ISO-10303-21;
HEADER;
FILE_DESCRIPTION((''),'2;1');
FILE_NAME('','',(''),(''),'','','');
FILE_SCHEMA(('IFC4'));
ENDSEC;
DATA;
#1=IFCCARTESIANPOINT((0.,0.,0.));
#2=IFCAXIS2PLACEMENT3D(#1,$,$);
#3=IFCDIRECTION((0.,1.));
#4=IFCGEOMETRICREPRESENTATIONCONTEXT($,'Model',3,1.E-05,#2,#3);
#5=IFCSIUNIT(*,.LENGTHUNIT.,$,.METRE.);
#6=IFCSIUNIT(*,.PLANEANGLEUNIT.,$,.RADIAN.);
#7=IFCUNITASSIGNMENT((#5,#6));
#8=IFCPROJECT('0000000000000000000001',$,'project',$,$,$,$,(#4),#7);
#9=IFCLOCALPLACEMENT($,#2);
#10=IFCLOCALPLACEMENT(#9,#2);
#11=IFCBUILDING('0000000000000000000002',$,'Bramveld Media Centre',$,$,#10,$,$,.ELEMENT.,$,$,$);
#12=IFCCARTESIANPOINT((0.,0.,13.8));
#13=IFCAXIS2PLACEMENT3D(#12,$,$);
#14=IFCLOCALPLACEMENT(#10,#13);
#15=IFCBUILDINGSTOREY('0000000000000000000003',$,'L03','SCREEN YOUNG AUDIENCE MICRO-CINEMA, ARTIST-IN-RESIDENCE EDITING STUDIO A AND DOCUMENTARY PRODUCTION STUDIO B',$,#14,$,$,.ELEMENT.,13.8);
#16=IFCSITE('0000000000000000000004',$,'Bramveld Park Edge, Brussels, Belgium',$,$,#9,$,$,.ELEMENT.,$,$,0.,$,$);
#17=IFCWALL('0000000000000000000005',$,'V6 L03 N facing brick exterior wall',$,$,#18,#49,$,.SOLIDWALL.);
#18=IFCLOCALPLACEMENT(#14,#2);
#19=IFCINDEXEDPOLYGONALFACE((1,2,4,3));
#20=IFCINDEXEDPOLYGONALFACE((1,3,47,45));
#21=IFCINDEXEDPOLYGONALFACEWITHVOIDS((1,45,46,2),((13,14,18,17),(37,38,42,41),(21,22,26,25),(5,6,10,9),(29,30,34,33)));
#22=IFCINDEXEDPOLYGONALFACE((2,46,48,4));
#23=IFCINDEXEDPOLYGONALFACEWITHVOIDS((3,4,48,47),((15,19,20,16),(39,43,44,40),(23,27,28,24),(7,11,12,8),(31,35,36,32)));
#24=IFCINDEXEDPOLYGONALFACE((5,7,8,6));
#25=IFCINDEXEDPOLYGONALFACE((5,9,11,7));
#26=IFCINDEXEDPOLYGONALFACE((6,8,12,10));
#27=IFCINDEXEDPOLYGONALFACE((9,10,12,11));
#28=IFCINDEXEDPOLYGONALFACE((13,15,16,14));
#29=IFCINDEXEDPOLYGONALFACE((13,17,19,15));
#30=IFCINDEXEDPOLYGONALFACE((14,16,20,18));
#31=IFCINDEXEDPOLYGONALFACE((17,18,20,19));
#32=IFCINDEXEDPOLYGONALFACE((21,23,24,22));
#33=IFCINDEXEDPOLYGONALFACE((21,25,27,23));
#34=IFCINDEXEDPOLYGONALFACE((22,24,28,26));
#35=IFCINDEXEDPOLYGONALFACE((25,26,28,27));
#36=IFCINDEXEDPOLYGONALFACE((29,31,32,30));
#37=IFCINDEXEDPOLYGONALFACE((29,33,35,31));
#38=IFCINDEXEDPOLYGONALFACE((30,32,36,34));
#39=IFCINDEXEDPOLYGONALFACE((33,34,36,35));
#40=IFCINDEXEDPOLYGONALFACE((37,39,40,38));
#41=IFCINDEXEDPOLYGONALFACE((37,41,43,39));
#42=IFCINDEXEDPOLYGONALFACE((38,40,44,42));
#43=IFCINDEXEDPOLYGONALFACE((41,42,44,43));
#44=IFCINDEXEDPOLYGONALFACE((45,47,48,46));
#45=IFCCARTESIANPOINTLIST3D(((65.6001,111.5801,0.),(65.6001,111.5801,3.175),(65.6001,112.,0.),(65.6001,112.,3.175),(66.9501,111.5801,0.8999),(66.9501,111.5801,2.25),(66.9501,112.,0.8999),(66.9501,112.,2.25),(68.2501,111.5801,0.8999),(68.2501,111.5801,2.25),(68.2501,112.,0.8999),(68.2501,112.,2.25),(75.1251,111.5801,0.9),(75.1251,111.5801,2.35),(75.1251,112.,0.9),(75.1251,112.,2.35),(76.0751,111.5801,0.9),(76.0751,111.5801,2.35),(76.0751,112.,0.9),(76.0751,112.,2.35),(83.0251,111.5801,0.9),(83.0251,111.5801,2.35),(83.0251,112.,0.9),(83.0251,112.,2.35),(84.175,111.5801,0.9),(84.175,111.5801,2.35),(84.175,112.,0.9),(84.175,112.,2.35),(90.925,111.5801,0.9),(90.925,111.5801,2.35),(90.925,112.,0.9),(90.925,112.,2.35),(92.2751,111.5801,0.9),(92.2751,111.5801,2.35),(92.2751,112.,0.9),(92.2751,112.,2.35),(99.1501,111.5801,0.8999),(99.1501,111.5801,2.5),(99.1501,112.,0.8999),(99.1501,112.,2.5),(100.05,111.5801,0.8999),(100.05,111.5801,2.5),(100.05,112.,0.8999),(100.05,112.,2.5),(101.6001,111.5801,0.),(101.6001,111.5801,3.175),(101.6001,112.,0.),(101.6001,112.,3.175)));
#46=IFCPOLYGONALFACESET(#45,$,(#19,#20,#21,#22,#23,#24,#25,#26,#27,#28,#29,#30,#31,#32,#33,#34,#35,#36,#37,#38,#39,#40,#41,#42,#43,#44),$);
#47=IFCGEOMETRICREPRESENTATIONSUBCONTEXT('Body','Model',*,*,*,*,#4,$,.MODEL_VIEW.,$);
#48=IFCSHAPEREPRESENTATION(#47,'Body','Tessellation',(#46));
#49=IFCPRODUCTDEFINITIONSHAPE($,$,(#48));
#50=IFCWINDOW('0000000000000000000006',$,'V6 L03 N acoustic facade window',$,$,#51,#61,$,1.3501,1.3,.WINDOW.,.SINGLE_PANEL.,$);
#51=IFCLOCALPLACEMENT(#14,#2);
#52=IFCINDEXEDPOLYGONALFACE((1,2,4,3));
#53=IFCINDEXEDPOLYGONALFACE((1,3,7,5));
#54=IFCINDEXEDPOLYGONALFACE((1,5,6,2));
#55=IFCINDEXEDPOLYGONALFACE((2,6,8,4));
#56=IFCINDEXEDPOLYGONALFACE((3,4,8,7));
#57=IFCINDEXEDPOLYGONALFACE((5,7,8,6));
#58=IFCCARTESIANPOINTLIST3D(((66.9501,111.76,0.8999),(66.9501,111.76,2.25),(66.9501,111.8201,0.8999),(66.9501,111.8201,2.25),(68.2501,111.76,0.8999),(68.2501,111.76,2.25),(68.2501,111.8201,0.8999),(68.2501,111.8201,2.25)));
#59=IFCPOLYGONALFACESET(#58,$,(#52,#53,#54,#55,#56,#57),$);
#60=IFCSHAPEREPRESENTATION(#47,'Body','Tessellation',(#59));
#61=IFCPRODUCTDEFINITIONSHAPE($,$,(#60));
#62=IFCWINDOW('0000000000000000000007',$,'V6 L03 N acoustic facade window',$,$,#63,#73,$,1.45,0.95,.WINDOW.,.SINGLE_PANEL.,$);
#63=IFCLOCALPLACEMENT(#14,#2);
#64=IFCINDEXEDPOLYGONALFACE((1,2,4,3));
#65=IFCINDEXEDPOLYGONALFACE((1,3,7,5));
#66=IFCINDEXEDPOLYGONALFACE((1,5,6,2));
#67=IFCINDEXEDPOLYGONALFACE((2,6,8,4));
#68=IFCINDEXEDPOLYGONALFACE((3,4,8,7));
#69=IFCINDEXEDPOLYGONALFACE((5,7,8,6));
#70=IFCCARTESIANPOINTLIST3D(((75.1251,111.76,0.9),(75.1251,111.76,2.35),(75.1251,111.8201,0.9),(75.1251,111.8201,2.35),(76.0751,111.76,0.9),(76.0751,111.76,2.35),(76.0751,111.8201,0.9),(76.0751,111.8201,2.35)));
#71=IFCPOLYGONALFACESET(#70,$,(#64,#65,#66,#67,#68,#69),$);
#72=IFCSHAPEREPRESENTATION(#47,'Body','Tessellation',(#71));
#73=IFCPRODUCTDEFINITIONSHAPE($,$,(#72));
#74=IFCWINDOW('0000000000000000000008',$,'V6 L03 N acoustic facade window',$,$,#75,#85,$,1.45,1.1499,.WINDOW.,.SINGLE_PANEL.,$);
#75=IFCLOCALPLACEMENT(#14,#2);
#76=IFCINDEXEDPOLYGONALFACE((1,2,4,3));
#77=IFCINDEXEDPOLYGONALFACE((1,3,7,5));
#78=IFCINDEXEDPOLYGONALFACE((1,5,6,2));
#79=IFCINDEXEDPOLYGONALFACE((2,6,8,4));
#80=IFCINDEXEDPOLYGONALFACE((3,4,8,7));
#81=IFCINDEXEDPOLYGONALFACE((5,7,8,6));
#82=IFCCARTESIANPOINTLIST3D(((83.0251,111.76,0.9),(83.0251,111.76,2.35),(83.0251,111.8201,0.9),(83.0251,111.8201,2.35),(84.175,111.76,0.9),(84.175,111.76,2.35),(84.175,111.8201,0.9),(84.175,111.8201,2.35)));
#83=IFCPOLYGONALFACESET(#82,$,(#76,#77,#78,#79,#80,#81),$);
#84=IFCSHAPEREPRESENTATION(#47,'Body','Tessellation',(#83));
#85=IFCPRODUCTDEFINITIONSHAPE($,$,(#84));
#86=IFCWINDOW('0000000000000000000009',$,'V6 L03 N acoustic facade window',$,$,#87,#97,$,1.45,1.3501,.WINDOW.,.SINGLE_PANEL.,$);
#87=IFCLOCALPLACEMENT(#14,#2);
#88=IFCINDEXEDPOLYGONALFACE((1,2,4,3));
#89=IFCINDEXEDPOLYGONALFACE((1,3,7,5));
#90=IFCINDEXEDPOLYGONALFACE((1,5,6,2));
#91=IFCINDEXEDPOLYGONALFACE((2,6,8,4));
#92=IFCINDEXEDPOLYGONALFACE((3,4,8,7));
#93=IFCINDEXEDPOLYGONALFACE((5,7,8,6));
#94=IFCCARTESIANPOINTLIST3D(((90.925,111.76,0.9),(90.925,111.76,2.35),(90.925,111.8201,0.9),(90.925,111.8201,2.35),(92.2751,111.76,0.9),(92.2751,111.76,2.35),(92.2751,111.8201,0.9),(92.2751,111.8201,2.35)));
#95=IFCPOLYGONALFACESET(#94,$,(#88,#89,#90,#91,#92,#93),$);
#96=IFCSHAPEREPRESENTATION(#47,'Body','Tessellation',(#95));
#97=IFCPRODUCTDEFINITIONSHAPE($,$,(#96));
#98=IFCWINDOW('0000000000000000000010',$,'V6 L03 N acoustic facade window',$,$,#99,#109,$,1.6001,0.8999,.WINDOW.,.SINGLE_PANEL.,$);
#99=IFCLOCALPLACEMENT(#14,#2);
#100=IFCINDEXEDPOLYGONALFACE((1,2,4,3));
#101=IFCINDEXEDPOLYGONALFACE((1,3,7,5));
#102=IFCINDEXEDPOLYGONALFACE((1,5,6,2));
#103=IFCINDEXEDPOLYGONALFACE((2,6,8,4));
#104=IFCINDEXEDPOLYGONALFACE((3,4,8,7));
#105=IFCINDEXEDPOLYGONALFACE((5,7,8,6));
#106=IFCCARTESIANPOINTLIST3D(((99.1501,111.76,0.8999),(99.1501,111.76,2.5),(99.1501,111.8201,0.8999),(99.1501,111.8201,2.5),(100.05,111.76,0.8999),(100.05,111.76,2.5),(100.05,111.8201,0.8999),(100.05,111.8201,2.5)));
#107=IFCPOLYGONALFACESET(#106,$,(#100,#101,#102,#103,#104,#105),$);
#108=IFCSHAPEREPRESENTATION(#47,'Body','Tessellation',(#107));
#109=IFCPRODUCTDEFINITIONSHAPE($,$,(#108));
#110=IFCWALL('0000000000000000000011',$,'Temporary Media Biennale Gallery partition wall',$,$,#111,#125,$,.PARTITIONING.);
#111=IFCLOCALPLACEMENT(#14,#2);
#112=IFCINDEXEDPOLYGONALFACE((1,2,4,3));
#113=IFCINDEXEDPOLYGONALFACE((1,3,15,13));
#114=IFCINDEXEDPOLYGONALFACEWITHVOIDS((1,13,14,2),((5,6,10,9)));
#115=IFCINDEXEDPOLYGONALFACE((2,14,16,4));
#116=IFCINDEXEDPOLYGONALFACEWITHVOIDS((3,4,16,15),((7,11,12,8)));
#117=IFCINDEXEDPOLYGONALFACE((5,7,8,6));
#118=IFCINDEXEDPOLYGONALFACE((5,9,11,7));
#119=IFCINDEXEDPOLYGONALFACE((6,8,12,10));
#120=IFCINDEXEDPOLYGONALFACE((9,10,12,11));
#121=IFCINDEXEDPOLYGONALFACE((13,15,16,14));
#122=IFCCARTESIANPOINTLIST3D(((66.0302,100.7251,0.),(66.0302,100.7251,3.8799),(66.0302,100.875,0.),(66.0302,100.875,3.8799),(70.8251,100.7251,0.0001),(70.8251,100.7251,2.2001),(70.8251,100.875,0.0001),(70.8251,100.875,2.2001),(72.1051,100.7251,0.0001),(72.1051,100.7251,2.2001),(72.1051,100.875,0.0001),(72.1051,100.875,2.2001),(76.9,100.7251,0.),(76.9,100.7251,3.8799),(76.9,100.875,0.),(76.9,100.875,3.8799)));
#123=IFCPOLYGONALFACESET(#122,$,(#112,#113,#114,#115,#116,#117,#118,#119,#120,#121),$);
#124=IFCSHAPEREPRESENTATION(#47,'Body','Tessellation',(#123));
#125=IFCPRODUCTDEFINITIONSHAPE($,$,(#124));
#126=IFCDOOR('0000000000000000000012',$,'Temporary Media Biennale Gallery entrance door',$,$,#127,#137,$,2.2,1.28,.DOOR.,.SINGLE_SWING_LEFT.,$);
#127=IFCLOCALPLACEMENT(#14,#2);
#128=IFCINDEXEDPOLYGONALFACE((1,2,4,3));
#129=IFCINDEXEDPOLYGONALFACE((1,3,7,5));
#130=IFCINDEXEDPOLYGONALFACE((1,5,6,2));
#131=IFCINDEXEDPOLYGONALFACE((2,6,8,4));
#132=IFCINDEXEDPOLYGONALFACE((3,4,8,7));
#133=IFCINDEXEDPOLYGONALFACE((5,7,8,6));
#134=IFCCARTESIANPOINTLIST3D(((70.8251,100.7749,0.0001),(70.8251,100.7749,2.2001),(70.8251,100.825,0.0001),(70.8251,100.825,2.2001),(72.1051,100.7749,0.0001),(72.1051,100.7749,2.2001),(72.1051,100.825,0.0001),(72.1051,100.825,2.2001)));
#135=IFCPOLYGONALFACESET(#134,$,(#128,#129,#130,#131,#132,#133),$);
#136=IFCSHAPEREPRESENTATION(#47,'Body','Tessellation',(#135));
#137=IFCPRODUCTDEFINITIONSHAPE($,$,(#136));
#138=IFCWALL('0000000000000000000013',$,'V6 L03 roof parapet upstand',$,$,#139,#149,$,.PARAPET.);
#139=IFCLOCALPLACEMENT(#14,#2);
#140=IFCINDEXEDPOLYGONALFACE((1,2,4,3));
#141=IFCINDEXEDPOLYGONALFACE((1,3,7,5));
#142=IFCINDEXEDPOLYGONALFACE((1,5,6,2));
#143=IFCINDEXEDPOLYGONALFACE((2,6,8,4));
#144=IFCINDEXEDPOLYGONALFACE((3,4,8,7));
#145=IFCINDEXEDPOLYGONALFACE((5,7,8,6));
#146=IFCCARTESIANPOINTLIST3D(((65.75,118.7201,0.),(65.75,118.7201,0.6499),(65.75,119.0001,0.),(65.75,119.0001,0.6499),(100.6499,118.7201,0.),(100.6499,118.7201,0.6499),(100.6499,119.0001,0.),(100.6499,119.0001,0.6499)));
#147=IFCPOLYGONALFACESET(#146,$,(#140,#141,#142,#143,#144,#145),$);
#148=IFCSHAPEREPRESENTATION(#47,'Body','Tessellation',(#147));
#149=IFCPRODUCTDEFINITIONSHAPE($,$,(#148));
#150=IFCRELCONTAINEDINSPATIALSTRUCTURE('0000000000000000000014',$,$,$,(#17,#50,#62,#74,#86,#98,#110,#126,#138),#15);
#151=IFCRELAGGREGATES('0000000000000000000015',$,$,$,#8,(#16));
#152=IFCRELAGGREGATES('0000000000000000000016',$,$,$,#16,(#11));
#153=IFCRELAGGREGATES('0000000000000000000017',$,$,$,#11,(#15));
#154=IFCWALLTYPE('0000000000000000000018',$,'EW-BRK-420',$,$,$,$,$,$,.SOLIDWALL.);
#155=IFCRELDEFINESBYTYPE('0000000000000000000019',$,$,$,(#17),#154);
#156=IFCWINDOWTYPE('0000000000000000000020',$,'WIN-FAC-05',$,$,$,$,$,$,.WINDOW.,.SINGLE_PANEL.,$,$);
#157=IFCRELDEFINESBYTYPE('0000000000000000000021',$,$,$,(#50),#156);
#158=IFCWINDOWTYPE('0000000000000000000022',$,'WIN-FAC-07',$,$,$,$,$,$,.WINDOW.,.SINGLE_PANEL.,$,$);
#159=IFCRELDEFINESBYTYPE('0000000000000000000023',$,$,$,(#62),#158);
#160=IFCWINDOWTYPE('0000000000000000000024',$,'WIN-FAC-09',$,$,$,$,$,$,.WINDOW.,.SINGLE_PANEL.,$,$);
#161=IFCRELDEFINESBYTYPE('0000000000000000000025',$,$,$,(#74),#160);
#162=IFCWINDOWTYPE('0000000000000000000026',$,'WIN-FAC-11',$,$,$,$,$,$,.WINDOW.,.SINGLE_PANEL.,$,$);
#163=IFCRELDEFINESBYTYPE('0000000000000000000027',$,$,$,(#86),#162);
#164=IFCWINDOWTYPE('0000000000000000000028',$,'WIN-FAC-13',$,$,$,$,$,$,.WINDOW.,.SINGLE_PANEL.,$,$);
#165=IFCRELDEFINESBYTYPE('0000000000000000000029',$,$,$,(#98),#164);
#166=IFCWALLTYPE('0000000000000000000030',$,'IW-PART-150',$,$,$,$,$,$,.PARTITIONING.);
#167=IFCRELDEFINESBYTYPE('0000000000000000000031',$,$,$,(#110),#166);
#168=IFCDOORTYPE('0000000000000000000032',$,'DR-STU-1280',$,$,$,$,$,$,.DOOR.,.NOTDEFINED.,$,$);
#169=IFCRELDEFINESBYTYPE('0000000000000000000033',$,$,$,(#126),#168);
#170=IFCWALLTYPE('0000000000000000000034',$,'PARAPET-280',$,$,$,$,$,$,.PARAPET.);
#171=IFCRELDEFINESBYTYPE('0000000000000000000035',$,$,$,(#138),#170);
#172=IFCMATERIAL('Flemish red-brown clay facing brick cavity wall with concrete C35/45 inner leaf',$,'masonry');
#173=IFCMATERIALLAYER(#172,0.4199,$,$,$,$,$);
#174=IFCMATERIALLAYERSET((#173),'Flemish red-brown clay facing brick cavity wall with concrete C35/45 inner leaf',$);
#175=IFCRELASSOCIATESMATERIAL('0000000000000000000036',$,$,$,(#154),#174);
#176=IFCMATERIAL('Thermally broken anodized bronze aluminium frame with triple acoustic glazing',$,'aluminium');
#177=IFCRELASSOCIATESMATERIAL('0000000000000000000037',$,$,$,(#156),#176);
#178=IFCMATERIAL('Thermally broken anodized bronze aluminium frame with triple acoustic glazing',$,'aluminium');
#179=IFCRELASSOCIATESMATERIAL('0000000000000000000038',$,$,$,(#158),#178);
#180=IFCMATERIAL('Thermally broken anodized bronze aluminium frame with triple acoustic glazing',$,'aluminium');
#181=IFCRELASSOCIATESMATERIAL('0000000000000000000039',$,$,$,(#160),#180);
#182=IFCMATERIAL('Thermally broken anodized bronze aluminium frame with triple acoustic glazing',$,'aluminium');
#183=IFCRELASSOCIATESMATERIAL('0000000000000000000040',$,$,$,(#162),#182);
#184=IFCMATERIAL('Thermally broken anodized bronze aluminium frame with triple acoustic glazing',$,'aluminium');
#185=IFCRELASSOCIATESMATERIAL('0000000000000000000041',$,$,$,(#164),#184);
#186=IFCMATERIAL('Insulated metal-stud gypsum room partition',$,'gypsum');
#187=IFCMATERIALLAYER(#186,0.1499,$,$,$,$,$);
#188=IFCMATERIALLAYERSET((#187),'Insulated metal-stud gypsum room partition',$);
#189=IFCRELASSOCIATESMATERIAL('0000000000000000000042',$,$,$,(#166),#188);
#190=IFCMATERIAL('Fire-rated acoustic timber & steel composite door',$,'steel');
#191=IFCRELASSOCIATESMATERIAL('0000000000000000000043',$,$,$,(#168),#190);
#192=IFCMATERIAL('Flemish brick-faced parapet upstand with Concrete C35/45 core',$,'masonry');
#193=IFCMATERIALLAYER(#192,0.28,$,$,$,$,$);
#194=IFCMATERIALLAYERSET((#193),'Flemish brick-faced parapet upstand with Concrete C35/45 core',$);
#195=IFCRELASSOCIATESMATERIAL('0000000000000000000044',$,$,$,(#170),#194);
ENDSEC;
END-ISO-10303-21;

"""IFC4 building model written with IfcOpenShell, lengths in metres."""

from ifc_helpers import new_model, si_unit, direction, frame, frame_2d, origin, place, context, subcontext, project, spatial, rectangle, extrude, material, layer, layer_set, type_object, element, fill, save


model = new_model("IFC4")

# Units and contexts
model_context = context("Model", 3, precision=1e-05, world=origin(), true_north=direction((0.0, 1.0)))
body_context = subcontext(model_context, "Body", "Model", "MODEL_VIEW")
ifc_project = project(units=[si_unit("LENGTHUNIT", "METRE"), si_unit("PLANEANGLEUNIT", "RADIAN")], contexts=[model_context])

# Site, building, storey
site_placement = place(None, origin())
site = spatial("IfcSite", under=ifc_project, at=site_placement, Name="Bramveld Park Edge, Brussels, Belgium", CompositionType="ELEMENT", RefElevation=0.0)
building_placement = place(site_placement, origin())
building = spatial("IfcBuilding", under=site, at=building_placement, Name="Bramveld Media Centre", CompositionType="ELEMENT")
storey_placement = place(building_placement, frame((0.0, 0.0, 13.8)))
storey = spatial("IfcBuildingStorey", under=building, at=storey_placement, Name="L03", Description="SCREEN YOUNG AUDIENCE MICRO-CINEMA, ARTIST-IN-RESIDENCE EDITING STUDIO A AND DOCUMENTARY PRODUCTION STUDIO B", CompositionType="ELEMENT", Elevation=13.8)

# Wall, openings, windows
ifc_material_1 = material(Name="Flemish red-brown clay facing brick cavity wall with concrete C35/45 inner leaf", Category="masonry")
ifc_layer_1 = layer(ifc_material_1, 0.4199)
ifc_layer_set_1 = layer_set([ifc_layer_1], Name="Flemish red-brown clay facing brick cavity wall with concrete C35/45 inner leaf")
wall_type_1 = type_object("IfcWallType", Name="EW-BRK-420", PredefinedType="SOLIDWALL", material=ifc_layer_set_1)
wall_1_placement = place(storey_placement, frame((65.6001, 111.79, 0.0), z_axis=(0.0, 0.0, 1.0), x_axis=(1.0, 0.0, 0.0)))
wall_1 = element("IfcWall", 1, at=wall_1_placement, inside=storey, type_object=wall_type_1, Name="V6 L03 N facing brick exterior wall", PredefinedType="SOLIDWALL", context=body_context, shape_type="SweptSolid", body=[
    extrude(rectangle(XDim=36.0, YDim=0.4199, at=frame_2d((18.0, 0.0))), origin(), (0.0, 0.0, 1.0), 3.175),
])
opening_1_placement = place(wall_1_placement, frame((1.3501, 0.0, 0.8999)))
opening_1 = element("IfcOpeningElement", 2, at=opening_1_placement, cuts=wall_1, PredefinedType="OPENING", context=body_context, shape_type="SweptSolid", body=[
    extrude(rectangle(XDim=1.3, YDim=1.3501, at=frame_2d((0.6499, 0.675))), frame((0.0, 0.2219, 0.0), z_axis=(0.0, -1.0, 0.0), x_axis=(1.0, 0.0, 0.0)), (0.0, 0.0, 1.0), 0.4438),
])
opening_2_placement = place(wall_1_placement, frame((9.5249, 0.0, 0.8999)))
opening_2 = element("IfcOpeningElement", 3, at=opening_2_placement, cuts=wall_1, PredefinedType="OPENING", context=body_context, shape_type="SweptSolid", body=[
    extrude(rectangle(XDim=0.95, YDim=1.45, at=frame_2d((0.4751, 0.7251))), frame((0.0, 0.2219, 0.0), z_axis=(0.0, -1.0, 0.0), x_axis=(1.0, 0.0, 0.0)), (0.0, 0.0, 1.0), 0.4438),
])
opening_3_placement = place(wall_1_placement, frame((17.425, 0.0, 0.8999)))
opening_3 = element("IfcOpeningElement", 4, at=opening_3_placement, cuts=wall_1, PredefinedType="OPENING", context=body_context, shape_type="SweptSolid", body=[
    extrude(rectangle(XDim=1.1499, YDim=1.45, at=frame_2d((0.575, 0.7251))), frame((0.0, 0.2219, 0.0), z_axis=(0.0, -1.0, 0.0), x_axis=(1.0, 0.0, 0.0)), (0.0, 0.0, 1.0), 0.4438),
])
opening_4_placement = place(wall_1_placement, frame((25.325, 0.0, 0.8999)))
opening_4 = element("IfcOpeningElement", 5, at=opening_4_placement, cuts=wall_1, PredefinedType="OPENING", context=body_context, shape_type="SweptSolid", body=[
    extrude(rectangle(XDim=1.3501, YDim=1.45, at=frame_2d((0.675, 0.7251))), frame((0.0, 0.2219, 0.0), z_axis=(0.0, -1.0, 0.0), x_axis=(1.0, 0.0, 0.0)), (0.0, 0.0, 1.0), 0.4438),
])
opening_5_placement = place(wall_1_placement, frame((33.55, 0.0, 0.8999)))
opening_5 = element("IfcOpeningElement", 6, at=opening_5_placement, cuts=wall_1, PredefinedType="OPENING", context=body_context, shape_type="SweptSolid", body=[
    extrude(rectangle(XDim=0.8999, YDim=1.6001, at=frame_2d((0.45, 0.8))), frame((0.0, 0.2219, 0.0), z_axis=(0.0, -1.0, 0.0), x_axis=(1.0, 0.0, 0.0)), (0.0, 0.0, 1.0), 0.4438),
])
ifc_material_2 = material(Name="Thermally broken anodized bronze aluminium frame with triple acoustic glazing", Category="aluminium")
window_type_1 = type_object("IfcWindowType", Name="WIN-FAC-05", PartitioningType="SINGLE_PANEL", PredefinedType="WINDOW", material=ifc_material_2)
window_1_placement = place(opening_1_placement, origin())
window_1 = element("IfcWindow", 7, at=window_1_placement, inside=storey, type_object=window_type_1, Name="V6 L03 N acoustic facade window", OverallHeight=1.3501, OverallWidth=1.3, PartitioningType="SINGLE_PANEL", PredefinedType="WINDOW", context=body_context, shape_type="SweptSolid", body=[
    extrude(rectangle(XDim=1.3, YDim=1.3501, at=frame_2d((0.6499, 0.675))), frame((0.0, 0.03, 0.0), z_axis=(0.0, -1.0, 0.0), x_axis=(1.0, 0.0, 0.0)), (0.0, 0.0, 1.0), 0.0601),
])
fill(opening_1, window_1)
ifc_material_3 = material(Name="Thermally broken anodized bronze aluminium frame with triple acoustic glazing", Category="aluminium")
window_type_2 = type_object("IfcWindowType", Name="WIN-FAC-07", PartitioningType="SINGLE_PANEL", PredefinedType="WINDOW", material=ifc_material_3)
window_2_placement = place(opening_2_placement, origin())
window_2 = element("IfcWindow", 8, at=window_2_placement, inside=storey, type_object=window_type_2, Name="V6 L03 N acoustic facade window", OverallHeight=1.45, OverallWidth=0.95, PartitioningType="SINGLE_PANEL", PredefinedType="WINDOW", context=body_context, shape_type="SweptSolid", body=[
    extrude(rectangle(XDim=0.95, YDim=1.45, at=frame_2d((0.4751, 0.7251))), frame((0.0, 0.03, 0.0), z_axis=(0.0, -1.0, 0.0), x_axis=(1.0, 0.0, 0.0)), (0.0, 0.0, 1.0), 0.0601),
])
fill(opening_2, window_2)
ifc_material_4 = material(Name="Thermally broken anodized bronze aluminium frame with triple acoustic glazing", Category="aluminium")
window_type_3 = type_object("IfcWindowType", Name="WIN-FAC-09", PartitioningType="SINGLE_PANEL", PredefinedType="WINDOW", material=ifc_material_4)
window_3_placement = place(opening_3_placement, origin())
window_3 = element("IfcWindow", 9, at=window_3_placement, inside=storey, type_object=window_type_3, Name="V6 L03 N acoustic facade window", OverallHeight=1.45, OverallWidth=1.1499, PartitioningType="SINGLE_PANEL", PredefinedType="WINDOW", context=body_context, shape_type="SweptSolid", body=[
    extrude(rectangle(XDim=1.1499, YDim=1.45, at=frame_2d((0.575, 0.7251))), frame((0.0, 0.03, 0.0), z_axis=(0.0, -1.0, 0.0), x_axis=(1.0, 0.0, 0.0)), (0.0, 0.0, 1.0), 0.0601),
])
fill(opening_3, window_3)
ifc_material_5 = material(Name="Thermally broken anodized bronze aluminium frame with triple acoustic glazing", Category="aluminium")
window_type_4 = type_object("IfcWindowType", Name="WIN-FAC-11", PartitioningType="SINGLE_PANEL", PredefinedType="WINDOW", material=ifc_material_5)
window_4_placement = place(opening_4_placement, origin())
window_4 = element("IfcWindow", 10, at=window_4_placement, inside=storey, type_object=window_type_4, Name="V6 L03 N acoustic facade window", OverallHeight=1.45, OverallWidth=1.3501, PartitioningType="SINGLE_PANEL", PredefinedType="WINDOW", context=body_context, shape_type="SweptSolid", body=[
    extrude(rectangle(XDim=1.3501, YDim=1.45, at=frame_2d((0.675, 0.7251))), frame((0.0, 0.03, 0.0), z_axis=(0.0, -1.0, 0.0), x_axis=(1.0, 0.0, 0.0)), (0.0, 0.0, 1.0), 0.0601),
])
fill(opening_4, window_4)
ifc_material_6 = material(Name="Thermally broken anodized bronze aluminium frame with triple acoustic glazing", Category="aluminium")
window_type_5 = type_object("IfcWindowType", Name="WIN-FAC-13", PartitioningType="SINGLE_PANEL", PredefinedType="WINDOW", material=ifc_material_6)
window_5_placement = place(opening_5_placement, origin())
window_5 = element("IfcWindow", 11, at=window_5_placement, inside=storey, type_object=window_type_5, Name="V6 L03 N acoustic facade window", OverallHeight=1.6001, OverallWidth=0.8999, PartitioningType="SINGLE_PANEL", PredefinedType="WINDOW", context=body_context, shape_type="SweptSolid", body=[
    extrude(rectangle(XDim=0.8999, YDim=1.6001, at=frame_2d((0.45, 0.8))), frame((0.0, 0.03, 0.0), z_axis=(0.0, -1.0, 0.0), x_axis=(1.0, 0.0, 0.0)), (0.0, 0.0, 1.0), 0.0601),
])
fill(opening_5, window_5)

# Wall, opening, door
ifc_material_7 = material(Name="Insulated metal-stud gypsum room partition", Category="gypsum")
ifc_layer_2 = layer(ifc_material_7, 0.1499)
ifc_layer_set_2 = layer_set([ifc_layer_2], Name="Insulated metal-stud gypsum room partition")
wall_type_2 = type_object("IfcWallType", Name="IW-PART-150", PredefinedType="PARTITIONING", material=ifc_layer_set_2)
wall_2_placement = place(storey_placement, frame((66.03, 100.8, 0.0), z_axis=(0.0, 0.0, 1.0), x_axis=(1.0, 0.0, 0.0)))
wall_2 = element("IfcWall", 12, at=wall_2_placement, inside=storey, type_object=wall_type_2, Name="Temporary Media Biennale Gallery partition wall", PredefinedType="PARTITIONING", context=body_context, shape_type="SweptSolid", body=[
    extrude(rectangle(XDim=10.8699, YDim=0.1499, at=frame_2d((5.4351, 0.0))), origin(), (0.0, 0.0, 1.0), 3.8799),
])
opening_6_placement = place(wall_2_placement, frame((4.7949, 0.0, 0.0)))
opening_6 = element("IfcOpeningElement", 13, at=opening_6_placement, cuts=wall_2, PredefinedType="OPENING", context=body_context, shape_type="SweptSolid", body=[
    extrude(rectangle(XDim=1.28, YDim=2.2, at=frame_2d((0.6401, 1.1001))), frame((0.0, 0.0869, 0.0), z_axis=(0.0, -1.0, 0.0), x_axis=(1.0, 0.0, 0.0)), (0.0, 0.0, 1.0), 0.1738),
])
ifc_material_8 = material(Name="Fire-rated acoustic timber & steel composite door", Category="steel")
door_type_1 = type_object("IfcDoorType", Name="DR-STU-1280", OperationType="NOTDEFINED", PredefinedType="DOOR", material=ifc_material_8)
door_1_placement = place(opening_6_placement, origin())
door_1 = element("IfcDoor", 14, at=door_1_placement, inside=storey, type_object=door_type_1, Name="Temporary Media Biennale Gallery entrance door", OperationType="SINGLE_SWING_LEFT", OverallHeight=2.2, OverallWidth=1.28, PredefinedType="DOOR", context=body_context, shape_type="SweptSolid", body=[
    extrude(rectangle(XDim=1.28, YDim=2.2, at=frame_2d((0.6401, 1.1001))), frame((0.0, 0.0249, 0.0), z_axis=(0.0, -1.0, 0.0), x_axis=(1.0, 0.0, 0.0)), (0.0, 0.0, 1.0), 0.05),
])
fill(opening_6, door_1)

# Wall
ifc_material_9 = material(Name="Flemish brick-faced parapet upstand with Concrete C35/45 core", Category="masonry")
ifc_layer_3 = layer(ifc_material_9, 0.28)
ifc_layer_set_3 = layer_set([ifc_layer_3], Name="Flemish brick-faced parapet upstand with Concrete C35/45 core")
wall_type_3 = type_object("IfcWallType", Name="PARAPET-280", PredefinedType="PARAPET", material=ifc_layer_set_3)
wall_3_placement = place(storey_placement, frame((65.75, 118.8601, 0.0), z_axis=(0.0, 0.0, 1.0), x_axis=(1.0, 0.0, 0.0)))
element("IfcWall", 15, at=wall_3_placement, inside=storey, type_object=wall_type_3, Name="V6 L03 roof parapet upstand", PredefinedType="PARAPET", context=body_context, shape_type="SweptSolid", body=[
    extrude(rectangle(XDim=34.8999, YDim=0.28, at=frame_2d((17.45, 0.0))), origin(), (0.0, 0.0, 1.0), 0.6499),
])

save(model, "model.ifc")
